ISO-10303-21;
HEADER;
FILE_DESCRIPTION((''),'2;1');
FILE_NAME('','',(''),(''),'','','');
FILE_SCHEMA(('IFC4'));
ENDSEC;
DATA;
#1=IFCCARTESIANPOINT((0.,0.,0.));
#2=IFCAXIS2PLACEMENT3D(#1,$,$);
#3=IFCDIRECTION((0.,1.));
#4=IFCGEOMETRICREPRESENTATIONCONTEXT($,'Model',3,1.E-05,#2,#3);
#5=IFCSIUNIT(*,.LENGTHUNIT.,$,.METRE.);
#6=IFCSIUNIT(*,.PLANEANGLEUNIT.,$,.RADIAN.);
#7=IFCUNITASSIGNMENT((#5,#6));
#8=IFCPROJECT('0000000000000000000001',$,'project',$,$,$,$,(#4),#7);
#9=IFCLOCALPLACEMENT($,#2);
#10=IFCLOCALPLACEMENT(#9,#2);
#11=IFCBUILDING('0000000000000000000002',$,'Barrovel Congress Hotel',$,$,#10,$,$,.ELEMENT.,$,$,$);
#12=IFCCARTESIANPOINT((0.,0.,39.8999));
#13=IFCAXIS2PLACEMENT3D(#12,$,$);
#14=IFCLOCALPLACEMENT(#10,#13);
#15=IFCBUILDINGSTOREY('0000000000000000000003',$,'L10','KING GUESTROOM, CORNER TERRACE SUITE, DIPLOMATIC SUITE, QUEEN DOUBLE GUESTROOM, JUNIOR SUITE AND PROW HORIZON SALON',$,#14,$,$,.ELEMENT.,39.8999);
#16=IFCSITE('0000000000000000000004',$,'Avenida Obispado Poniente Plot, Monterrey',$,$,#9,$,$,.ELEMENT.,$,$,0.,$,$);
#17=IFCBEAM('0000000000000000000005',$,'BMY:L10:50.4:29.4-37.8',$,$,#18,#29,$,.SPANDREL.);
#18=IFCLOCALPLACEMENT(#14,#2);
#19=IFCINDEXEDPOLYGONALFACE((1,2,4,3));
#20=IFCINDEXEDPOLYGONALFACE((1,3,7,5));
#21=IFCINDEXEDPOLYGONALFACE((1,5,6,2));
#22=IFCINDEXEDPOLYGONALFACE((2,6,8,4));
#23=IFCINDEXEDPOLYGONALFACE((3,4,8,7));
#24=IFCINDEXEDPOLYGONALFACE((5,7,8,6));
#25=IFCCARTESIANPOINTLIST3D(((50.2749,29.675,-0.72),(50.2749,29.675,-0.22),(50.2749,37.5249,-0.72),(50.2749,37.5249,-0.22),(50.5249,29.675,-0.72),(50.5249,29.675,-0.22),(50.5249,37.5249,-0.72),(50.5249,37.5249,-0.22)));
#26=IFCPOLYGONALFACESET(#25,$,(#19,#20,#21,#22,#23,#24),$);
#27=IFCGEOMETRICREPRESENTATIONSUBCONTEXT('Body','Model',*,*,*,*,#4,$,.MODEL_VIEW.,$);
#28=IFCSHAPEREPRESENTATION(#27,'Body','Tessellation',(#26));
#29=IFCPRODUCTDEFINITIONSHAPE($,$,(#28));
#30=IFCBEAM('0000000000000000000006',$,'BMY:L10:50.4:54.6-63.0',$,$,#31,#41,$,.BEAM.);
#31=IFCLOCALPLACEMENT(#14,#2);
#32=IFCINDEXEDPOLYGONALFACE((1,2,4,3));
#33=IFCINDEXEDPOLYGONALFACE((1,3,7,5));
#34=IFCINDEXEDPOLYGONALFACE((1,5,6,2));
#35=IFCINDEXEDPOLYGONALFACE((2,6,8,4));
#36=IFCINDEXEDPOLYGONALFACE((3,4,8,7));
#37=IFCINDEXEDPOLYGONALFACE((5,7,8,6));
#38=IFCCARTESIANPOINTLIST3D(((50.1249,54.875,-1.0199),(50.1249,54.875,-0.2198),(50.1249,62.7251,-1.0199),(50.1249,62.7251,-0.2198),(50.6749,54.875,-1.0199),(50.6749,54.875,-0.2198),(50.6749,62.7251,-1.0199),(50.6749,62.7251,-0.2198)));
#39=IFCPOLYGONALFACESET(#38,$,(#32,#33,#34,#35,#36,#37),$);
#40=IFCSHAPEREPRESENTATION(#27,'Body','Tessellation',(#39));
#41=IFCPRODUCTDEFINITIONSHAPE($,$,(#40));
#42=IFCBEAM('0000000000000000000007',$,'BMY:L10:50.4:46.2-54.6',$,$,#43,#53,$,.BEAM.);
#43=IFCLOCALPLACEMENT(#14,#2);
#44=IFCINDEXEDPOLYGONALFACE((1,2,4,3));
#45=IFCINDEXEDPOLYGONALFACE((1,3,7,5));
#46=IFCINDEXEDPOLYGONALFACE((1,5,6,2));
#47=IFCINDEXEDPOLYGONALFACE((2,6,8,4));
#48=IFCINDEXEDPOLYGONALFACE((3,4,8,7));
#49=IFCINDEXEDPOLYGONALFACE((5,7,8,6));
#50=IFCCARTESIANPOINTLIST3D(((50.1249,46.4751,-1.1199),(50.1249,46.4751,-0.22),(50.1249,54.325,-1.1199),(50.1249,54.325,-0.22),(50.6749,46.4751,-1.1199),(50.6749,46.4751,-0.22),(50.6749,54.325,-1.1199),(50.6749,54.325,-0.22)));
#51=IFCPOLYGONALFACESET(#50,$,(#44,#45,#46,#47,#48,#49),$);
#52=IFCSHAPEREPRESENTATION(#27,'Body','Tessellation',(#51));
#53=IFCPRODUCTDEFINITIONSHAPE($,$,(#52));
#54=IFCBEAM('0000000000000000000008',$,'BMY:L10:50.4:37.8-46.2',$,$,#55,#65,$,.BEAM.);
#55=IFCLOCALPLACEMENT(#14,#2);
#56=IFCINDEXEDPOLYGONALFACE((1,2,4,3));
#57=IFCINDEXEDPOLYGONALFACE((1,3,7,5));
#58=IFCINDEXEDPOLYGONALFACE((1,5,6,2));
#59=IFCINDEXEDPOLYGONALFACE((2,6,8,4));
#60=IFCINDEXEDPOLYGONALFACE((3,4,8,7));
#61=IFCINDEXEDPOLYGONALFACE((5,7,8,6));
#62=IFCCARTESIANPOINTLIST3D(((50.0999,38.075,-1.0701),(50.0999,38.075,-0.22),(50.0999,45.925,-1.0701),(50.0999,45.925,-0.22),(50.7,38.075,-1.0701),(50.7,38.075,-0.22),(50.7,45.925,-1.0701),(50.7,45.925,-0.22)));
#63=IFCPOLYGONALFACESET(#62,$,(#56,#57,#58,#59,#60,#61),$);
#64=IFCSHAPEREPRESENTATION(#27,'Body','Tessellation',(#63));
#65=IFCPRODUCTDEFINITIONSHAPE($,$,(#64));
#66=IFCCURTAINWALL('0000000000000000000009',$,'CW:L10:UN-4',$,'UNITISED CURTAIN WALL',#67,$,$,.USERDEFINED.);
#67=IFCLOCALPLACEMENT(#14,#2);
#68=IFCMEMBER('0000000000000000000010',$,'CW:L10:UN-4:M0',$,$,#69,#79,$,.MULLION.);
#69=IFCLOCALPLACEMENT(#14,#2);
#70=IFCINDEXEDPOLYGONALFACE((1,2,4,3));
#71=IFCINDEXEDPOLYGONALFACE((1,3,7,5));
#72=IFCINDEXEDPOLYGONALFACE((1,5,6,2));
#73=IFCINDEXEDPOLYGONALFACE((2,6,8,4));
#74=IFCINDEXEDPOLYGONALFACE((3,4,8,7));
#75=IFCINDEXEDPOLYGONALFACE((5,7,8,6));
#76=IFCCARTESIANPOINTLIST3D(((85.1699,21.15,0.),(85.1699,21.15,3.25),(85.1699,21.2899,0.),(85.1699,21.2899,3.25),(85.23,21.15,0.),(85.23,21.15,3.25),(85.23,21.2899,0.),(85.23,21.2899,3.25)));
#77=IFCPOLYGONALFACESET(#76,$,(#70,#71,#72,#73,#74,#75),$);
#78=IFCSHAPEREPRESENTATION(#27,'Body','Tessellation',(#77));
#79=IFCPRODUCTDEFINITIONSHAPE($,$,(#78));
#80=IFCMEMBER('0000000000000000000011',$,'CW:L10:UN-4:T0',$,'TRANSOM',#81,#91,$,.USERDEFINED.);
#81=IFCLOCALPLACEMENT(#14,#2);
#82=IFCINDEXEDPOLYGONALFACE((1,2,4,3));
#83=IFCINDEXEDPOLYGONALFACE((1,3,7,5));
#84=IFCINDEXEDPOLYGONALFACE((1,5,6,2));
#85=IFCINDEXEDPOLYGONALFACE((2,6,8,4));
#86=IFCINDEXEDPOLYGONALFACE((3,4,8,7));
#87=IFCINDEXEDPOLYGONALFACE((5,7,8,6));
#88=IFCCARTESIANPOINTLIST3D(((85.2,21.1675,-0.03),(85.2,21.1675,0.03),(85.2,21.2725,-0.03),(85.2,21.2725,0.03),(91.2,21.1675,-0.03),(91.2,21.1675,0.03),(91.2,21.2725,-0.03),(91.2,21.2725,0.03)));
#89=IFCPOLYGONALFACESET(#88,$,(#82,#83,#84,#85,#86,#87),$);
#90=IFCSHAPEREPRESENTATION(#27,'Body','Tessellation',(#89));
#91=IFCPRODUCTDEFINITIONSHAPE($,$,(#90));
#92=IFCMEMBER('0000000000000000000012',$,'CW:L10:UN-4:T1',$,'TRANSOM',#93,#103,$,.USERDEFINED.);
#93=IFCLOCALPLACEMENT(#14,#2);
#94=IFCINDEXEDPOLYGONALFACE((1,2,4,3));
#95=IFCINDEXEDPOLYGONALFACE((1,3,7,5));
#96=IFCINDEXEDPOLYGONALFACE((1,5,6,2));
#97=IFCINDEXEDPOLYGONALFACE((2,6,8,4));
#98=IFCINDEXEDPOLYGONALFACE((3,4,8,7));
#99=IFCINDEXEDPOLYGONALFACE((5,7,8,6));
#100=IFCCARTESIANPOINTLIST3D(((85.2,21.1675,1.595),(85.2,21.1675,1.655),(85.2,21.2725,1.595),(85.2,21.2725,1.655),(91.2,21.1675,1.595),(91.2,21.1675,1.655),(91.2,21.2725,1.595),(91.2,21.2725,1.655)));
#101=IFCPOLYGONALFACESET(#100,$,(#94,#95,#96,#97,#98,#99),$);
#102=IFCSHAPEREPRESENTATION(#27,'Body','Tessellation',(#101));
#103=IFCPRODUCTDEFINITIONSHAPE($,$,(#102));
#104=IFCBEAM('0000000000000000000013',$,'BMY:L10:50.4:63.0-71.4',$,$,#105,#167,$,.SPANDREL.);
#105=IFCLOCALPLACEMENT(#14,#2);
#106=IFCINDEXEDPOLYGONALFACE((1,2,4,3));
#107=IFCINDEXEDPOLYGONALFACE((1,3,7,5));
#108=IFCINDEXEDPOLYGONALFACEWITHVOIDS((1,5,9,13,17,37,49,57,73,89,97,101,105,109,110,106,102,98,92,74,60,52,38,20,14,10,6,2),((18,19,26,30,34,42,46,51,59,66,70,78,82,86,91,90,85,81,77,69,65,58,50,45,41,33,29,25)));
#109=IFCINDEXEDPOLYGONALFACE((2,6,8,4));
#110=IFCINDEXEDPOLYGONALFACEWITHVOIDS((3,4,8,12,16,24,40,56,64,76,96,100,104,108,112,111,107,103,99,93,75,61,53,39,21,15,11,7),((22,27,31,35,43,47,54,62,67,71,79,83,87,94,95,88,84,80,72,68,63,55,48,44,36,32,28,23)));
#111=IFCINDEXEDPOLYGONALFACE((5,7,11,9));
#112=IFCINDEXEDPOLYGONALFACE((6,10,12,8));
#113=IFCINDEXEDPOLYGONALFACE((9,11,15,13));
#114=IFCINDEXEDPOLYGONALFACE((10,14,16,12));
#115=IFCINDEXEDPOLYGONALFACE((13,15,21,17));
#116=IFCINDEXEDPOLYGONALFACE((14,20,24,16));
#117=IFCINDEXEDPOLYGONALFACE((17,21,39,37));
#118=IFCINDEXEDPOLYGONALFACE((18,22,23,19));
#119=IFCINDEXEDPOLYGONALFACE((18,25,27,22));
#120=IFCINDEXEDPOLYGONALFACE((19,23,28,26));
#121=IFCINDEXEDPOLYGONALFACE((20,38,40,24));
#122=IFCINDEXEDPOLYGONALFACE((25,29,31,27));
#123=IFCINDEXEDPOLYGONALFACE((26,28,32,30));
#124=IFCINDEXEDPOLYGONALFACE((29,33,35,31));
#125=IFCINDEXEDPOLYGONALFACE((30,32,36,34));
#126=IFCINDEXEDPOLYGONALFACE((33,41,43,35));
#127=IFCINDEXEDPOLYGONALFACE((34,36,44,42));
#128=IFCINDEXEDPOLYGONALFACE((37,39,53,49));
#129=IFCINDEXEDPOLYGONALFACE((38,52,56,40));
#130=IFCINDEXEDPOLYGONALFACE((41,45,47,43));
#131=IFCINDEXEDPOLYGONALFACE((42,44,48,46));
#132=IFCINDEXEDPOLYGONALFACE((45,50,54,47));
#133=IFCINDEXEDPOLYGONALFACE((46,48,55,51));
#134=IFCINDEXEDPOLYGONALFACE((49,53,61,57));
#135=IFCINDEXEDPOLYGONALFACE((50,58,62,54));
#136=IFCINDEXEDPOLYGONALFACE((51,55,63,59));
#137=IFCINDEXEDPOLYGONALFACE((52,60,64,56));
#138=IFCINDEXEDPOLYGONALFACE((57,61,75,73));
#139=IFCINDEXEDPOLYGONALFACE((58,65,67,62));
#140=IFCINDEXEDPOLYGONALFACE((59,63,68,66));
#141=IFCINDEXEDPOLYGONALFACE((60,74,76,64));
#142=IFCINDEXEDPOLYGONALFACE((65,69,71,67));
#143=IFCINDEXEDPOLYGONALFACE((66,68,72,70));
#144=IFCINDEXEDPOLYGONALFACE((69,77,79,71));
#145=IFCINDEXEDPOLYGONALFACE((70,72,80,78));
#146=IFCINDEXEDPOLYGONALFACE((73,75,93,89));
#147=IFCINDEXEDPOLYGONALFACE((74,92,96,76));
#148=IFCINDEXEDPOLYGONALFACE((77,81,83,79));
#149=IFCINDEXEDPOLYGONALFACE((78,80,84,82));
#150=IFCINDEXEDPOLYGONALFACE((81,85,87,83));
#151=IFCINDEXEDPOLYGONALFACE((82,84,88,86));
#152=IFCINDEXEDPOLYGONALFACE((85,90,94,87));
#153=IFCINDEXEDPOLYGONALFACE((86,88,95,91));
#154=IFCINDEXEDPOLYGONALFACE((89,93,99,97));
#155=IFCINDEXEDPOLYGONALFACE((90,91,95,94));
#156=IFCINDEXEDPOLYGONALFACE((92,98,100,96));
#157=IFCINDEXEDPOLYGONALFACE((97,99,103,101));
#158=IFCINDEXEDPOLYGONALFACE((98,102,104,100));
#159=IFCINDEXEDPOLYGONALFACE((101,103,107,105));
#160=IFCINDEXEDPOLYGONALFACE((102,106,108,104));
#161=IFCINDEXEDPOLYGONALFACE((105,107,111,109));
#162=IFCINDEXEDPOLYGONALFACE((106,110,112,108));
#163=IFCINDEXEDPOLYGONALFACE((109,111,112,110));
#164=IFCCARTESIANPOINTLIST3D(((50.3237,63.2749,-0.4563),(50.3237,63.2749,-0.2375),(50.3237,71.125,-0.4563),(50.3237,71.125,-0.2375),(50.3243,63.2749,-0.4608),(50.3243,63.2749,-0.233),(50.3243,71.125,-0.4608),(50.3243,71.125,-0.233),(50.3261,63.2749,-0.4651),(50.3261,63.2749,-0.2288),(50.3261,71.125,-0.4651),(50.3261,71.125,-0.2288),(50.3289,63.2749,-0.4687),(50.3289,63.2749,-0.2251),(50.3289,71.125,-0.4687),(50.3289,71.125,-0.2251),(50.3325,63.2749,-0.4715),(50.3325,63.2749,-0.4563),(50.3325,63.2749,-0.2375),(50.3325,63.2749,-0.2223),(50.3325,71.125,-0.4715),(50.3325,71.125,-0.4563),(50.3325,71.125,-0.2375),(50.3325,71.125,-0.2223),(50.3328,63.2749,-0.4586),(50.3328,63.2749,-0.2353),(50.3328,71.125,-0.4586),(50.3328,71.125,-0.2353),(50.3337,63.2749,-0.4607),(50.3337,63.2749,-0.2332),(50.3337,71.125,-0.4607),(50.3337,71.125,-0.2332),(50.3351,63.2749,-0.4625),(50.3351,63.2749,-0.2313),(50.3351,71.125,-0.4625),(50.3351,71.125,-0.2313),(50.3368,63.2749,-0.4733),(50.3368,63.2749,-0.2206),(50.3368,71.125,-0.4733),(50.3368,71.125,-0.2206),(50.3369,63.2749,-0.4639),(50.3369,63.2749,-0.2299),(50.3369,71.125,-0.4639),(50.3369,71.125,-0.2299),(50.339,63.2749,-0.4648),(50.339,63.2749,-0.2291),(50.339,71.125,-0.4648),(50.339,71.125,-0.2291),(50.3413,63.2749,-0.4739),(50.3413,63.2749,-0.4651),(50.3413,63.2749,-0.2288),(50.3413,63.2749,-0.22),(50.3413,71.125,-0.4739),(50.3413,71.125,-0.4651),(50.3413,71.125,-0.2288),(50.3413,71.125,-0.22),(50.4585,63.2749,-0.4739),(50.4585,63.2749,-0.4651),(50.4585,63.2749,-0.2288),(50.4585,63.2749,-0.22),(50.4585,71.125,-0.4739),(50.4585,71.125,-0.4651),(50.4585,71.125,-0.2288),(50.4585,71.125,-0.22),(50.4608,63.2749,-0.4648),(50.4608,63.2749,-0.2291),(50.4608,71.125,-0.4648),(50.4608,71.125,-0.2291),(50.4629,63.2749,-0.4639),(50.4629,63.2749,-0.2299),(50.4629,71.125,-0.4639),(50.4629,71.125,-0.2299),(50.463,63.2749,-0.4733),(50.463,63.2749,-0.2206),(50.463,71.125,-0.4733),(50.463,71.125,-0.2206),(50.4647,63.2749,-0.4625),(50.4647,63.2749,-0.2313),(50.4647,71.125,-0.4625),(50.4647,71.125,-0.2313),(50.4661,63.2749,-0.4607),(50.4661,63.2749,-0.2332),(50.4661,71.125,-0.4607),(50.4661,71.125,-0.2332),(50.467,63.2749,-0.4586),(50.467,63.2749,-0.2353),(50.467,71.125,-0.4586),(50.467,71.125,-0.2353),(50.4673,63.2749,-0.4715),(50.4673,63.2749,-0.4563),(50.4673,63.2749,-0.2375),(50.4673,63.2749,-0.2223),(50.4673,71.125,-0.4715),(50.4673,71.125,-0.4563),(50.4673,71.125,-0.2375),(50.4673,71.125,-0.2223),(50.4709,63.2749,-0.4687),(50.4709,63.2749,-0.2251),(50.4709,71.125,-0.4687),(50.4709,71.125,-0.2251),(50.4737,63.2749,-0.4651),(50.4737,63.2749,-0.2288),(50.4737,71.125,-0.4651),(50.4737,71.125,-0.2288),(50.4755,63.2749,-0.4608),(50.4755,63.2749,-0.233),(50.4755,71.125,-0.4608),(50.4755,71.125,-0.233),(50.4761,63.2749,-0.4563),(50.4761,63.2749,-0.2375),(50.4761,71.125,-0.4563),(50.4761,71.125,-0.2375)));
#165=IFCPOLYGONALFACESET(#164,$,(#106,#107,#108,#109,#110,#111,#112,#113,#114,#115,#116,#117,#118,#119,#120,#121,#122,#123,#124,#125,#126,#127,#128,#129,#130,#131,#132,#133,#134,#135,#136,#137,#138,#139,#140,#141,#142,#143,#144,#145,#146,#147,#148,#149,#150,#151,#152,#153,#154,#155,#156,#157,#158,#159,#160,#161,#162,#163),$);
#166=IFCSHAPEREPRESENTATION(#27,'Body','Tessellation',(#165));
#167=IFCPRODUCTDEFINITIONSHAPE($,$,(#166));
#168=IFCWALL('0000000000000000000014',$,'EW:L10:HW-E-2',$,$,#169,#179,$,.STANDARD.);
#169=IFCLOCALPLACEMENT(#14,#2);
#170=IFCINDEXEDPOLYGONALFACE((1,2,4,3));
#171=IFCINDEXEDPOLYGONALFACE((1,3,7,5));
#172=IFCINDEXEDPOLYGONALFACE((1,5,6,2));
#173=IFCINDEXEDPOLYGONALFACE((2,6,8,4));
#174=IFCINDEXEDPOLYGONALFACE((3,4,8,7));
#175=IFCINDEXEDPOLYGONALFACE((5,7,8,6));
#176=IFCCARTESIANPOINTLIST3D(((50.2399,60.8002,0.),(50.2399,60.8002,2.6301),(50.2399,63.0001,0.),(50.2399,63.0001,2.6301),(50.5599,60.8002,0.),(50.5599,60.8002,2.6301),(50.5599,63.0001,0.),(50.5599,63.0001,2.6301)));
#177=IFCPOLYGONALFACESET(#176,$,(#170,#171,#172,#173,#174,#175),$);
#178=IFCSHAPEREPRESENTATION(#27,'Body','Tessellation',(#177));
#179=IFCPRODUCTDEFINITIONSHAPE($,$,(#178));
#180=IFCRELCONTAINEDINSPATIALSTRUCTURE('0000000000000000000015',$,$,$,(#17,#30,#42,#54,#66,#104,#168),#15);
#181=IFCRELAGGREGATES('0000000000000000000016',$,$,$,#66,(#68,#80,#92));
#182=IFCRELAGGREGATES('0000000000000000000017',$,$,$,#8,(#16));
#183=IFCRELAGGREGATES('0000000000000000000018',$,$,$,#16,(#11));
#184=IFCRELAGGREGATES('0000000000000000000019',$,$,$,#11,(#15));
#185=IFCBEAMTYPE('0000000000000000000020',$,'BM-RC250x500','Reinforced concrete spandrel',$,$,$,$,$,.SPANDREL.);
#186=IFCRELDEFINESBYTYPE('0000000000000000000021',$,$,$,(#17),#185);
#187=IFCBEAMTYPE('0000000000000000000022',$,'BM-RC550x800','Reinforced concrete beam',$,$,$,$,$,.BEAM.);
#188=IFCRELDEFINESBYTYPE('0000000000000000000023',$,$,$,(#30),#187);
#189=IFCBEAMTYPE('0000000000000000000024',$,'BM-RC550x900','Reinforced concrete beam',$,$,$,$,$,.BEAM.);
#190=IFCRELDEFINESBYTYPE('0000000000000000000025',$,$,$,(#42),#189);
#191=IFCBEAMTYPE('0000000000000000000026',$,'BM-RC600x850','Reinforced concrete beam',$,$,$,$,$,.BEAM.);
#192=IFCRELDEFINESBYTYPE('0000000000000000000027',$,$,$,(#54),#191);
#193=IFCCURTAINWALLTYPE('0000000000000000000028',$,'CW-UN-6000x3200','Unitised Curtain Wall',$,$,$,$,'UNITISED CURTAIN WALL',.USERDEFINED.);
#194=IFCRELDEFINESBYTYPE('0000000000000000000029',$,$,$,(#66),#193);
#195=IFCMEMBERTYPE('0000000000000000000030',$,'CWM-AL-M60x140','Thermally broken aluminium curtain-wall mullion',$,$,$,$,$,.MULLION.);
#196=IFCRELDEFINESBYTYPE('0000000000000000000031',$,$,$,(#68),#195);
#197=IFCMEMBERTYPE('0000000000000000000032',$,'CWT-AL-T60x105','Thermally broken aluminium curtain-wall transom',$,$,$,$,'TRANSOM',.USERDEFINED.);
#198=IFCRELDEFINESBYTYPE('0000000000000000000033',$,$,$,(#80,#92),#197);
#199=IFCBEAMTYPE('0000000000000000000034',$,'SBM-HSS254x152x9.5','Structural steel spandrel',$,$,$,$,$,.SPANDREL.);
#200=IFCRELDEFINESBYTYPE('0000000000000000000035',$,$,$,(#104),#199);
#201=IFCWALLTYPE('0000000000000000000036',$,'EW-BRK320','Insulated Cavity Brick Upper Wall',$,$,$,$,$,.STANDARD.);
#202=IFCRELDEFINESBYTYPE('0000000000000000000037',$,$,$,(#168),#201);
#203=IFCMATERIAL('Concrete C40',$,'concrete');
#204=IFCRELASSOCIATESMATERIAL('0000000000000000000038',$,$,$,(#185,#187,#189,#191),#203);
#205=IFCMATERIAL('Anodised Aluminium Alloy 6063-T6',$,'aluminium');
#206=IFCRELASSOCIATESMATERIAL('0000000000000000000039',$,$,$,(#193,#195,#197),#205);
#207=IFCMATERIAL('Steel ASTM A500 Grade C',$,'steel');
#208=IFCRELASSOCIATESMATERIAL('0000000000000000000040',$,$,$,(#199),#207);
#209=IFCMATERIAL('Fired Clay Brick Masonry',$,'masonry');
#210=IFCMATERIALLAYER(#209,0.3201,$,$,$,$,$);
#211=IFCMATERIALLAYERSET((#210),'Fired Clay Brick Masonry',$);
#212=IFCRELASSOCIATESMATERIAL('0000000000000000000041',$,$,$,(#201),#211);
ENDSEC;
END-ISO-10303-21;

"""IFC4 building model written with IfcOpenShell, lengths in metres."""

from ifc_helpers import new_model, si_unit, direction, frame, frame_2d, origin, origin_2d, place, context, subcontext, project, spatial, rectangle, hollow_rectangle, extrude, material, layer, layer_set, material_profile, profile_set, type_object, element, aggregate, save


model = new_model("IFC4")

# Units and contexts
model_context = context("Model", 3, precision=1e-05, world=origin(), true_north=direction((0.0, 1.0)))
body_context = subcontext(model_context, "Body", "Model", "MODEL_VIEW")
ifc_project = project(units=[si_unit("LENGTHUNIT", "METRE"), si_unit("PLANEANGLEUNIT", "RADIAN")], contexts=[model_context])

# Site, building, storey
site_placement = place(None, origin())
site = spatial("IfcSite", under=ifc_project, at=site_placement, Name="Avenida Obispado Poniente Plot, Monterrey", CompositionType="ELEMENT", RefElevation=0.0)
building_placement = place(site_placement, origin())
building = spatial("IfcBuilding", under=site, at=building_placement, Name="Barrovel Congress Hotel", CompositionType="ELEMENT")
storey_placement = place(building_placement, frame((0.0, 0.0, 39.8999)))
storey = spatial("IfcBuildingStorey", under=building, at=storey_placement, Name="L10", Description="KING GUESTROOM, CORNER TERRACE SUITE, DIPLOMATIC SUITE, QUEEN DOUBLE GUESTROOM, JUNIOR SUITE AND PROW HORIZON SALON", CompositionType="ELEMENT", Elevation=39.8999)

# Beams
ifc_material_1 = material(Name="Concrete C40", Category="concrete")
ifc_material_profile_1 = material_profile(ifc_material_1, rectangle(XDim=0.25, YDim=0.5, at=origin_2d()), Name="RC250x500")
ifc_profile_set_1 = profile_set([ifc_material_profile_1], Name="Concrete C40")
beam_type_1 = type_object("IfcBeamType", Name="BM-RC250x500", Description="Reinforced concrete spandrel", PredefinedType="SPANDREL", material=ifc_profile_set_1)
beam_1_placement = place(storey_placement, frame((50.3999, 29.675, -0.47), z_axis=(0.0, 1.0, 0.0), x_axis=(-1.0, 0.0, 0.0)))
element("IfcBeam", 1, at=beam_1_placement, inside=storey, type_object=beam_type_1, Name="BMY:L10:50.4:29.4-37.8", PredefinedType="SPANDREL", context=body_context, shape_type="SweptSolid", body=[
    extrude(rectangle(XDim=0.25, YDim=0.5, at=origin_2d()), origin(), (0.0, 0.0, 1.0), 7.8499),
])
ifc_material_profile_2 = material_profile(ifc_material_1, rectangle(XDim=0.55, YDim=0.8, at=origin_2d()), Name="RC550x800")
ifc_profile_set_2 = profile_set([ifc_material_profile_2], Name="Concrete C40")
beam_type_2 = type_object("IfcBeamType", Name="BM-RC550x800", Description="Reinforced concrete beam", PredefinedType="BEAM", material=ifc_profile_set_2)
beam_2_placement = place(storey_placement, frame((50.3999, 54.875, -0.6199), z_axis=(0.0, 1.0, 0.0), x_axis=(-1.0, 0.0, 0.0)))
element("IfcBeam", 2, at=beam_2_placement, inside=storey, type_object=beam_type_2, Name="BMY:L10:50.4:54.6-63.0", PredefinedType="BEAM", context=body_context, shape_type="SweptSolid", body=[
    extrude(rectangle(XDim=0.55, YDim=0.8, at=origin_2d()), origin(), (0.0, 0.0, 1.0), 7.8501),
])
ifc_material_profile_3 = material_profile(ifc_material_1, rectangle(XDim=0.55, YDim=0.8999, at=origin_2d()), Name="RC550x900")
ifc_profile_set_3 = profile_set([ifc_material_profile_3], Name="Concrete C40")
beam_type_3 = type_object("IfcBeamType", Name="BM-RC550x900", Description="Reinforced concrete beam", PredefinedType="BEAM", material=ifc_profile_set_3)
beam_3_placement = place(storey_placement, frame((50.3999, 46.4751, -0.6699), z_axis=(0.0, 1.0, 0.0), x_axis=(-1.0, 0.0, 0.0)))
element("IfcBeam", 3, at=beam_3_placement, inside=storey, type_object=beam_type_3, Name="BMY:L10:50.4:46.2-54.6", PredefinedType="BEAM", context=body_context, shape_type="SweptSolid", body=[
    extrude(rectangle(XDim=0.55, YDim=0.8999, at=origin_2d()), origin(), (0.0, 0.0, 1.0), 7.8499),
])
ifc_material_profile_4 = material_profile(ifc_material_1, rectangle(XDim=0.6001, YDim=0.8501, at=origin_2d()), Name="RC600x850")
ifc_profile_set_4 = profile_set([ifc_material_profile_4], Name="Concrete C40")
beam_type_4 = type_object("IfcBeamType", Name="BM-RC600x850", Description="Reinforced concrete beam", PredefinedType="BEAM", material=ifc_profile_set_4)
beam_4_placement = place(storey_placement, frame((50.3999, 38.075, -0.645), z_axis=(0.0, 1.0, 0.0), x_axis=(-1.0, 0.0, 0.0)))
element("IfcBeam", 4, at=beam_4_placement, inside=storey, type_object=beam_type_4, Name="BMY:L10:50.4:37.8-46.2", PredefinedType="BEAM", context=body_context, shape_type="SweptSolid", body=[
    extrude(rectangle(XDim=0.6001, YDim=0.8501, at=origin_2d()), origin(), (0.0, 0.0, 1.0), 7.8501),
])

# Curtain wall, members
ifc_material_2 = material(Name="Anodised Aluminium Alloy 6063-T6", Category="aluminium")
curtain_wall_type = type_object("IfcCurtainWallType", Name="CW-UN-6000x3200", Description="Unitised Curtain Wall", ElementType="UNITISED CURTAIN WALL", PredefinedType="USERDEFINED", material=ifc_material_2)
curtain_wall_placement = place(storey_placement, origin())
curtain_wall = element("IfcCurtainWall", 5, at=curtain_wall_placement, inside=storey, type_object=curtain_wall_type, Name="CW:L10:UN-4", ObjectType="UNITISED CURTAIN WALL", PredefinedType="USERDEFINED")
ifc_material_profile_5 = material_profile(ifc_material_2, rectangle(XDim=0.0601, YDim=0.1399, at=origin_2d()), Name="AL-M60x140")
ifc_profile_set_5 = profile_set([ifc_material_profile_5], Name="Anodised Aluminium Alloy 6063-T6")
member_type_1 = type_object("IfcMemberType", Name="CWM-AL-M60x140", Description="Thermally broken aluminium curtain-wall mullion", PredefinedType="MULLION", material=ifc_profile_set_5)
member_1_placement = place(storey_placement, frame((85.2, 21.22, 0.0), z_axis=(0.0, 0.0, 1.0), x_axis=(1.0, 0.0, 0.0)))
member_1 = element("IfcMember", 6, at=member_1_placement, type_object=member_type_1, Name="CW:L10:UN-4:M0", PredefinedType="MULLION", context=body_context, shape_type="SweptSolid", body=[
    extrude(rectangle(XDim=0.0601, YDim=0.1399, at=origin_2d()), origin(), (0.0, 0.0, 1.0), 3.25),
])
ifc_material_profile_6 = material_profile(ifc_material_2, rectangle(XDim=0.105, YDim=0.0601, at=origin_2d()), Name="AL-T60x105")
ifc_profile_set_6 = profile_set([ifc_material_profile_6], Name="Anodised Aluminium Alloy 6063-T6")
member_type_2 = type_object("IfcMemberType", Name="CWT-AL-T60x105", Description="Thermally broken aluminium curtain-wall transom", ElementType="TRANSOM", PredefinedType="USERDEFINED", material=ifc_profile_set_6)
member_2_placement = place(storey_placement, frame((85.2, 21.22, 0.0), z_axis=(1.0, 0.0, 0.0), x_axis=(0.0, 1.0, 0.0)))
member_2 = element("IfcMember", 7, at=member_2_placement, type_object=member_type_2, Name="CW:L10:UN-4:T0", ObjectType="TRANSOM", PredefinedType="USERDEFINED", context=body_context, shape_type="SweptSolid", body=[
    extrude(rectangle(XDim=0.105, YDim=0.0601, at=origin_2d()), origin(), (0.0, 0.0, 1.0), 6.0),
])
member_3_placement = place(storey_placement, frame((85.2, 21.22, 1.625), z_axis=(1.0, 0.0, 0.0), x_axis=(0.0, 1.0, 0.0)))
member_3 = element("IfcMember", 8, at=member_3_placement, type_object=member_type_2, Name="CW:L10:UN-4:T1", ObjectType="TRANSOM", PredefinedType="USERDEFINED", context=body_context, shape_type="SweptSolid", body=[
    extrude(rectangle(XDim=0.105, YDim=0.0601, at=origin_2d()), origin(), (0.0, 0.0, 1.0), 6.0),
])
aggregate(curtain_wall, [member_1, member_2, member_3])

# Beam
ifc_material_3 = material(Name="Steel ASTM A500 Grade C", Category="steel")
ifc_material_profile_7 = material_profile(ifc_material_3, hollow_rectangle(XDim=0.1523, YDim=0.2539, WallThickness=0.0088, InnerFilletRadius=0.0088, OuterFilletRadius=0.0176, at=origin_2d()), Name="HSS254x152x9.5")
ifc_profile_set_7 = profile_set([ifc_material_profile_7], Name="Steel ASTM A500 Grade C")
beam_type_5 = type_object("IfcBeamType", Name="SBM-HSS254x152x9.5", Description="Structural steel spandrel", PredefinedType="SPANDREL", material=ifc_profile_set_7)
beam_5_placement = place(storey_placement, frame((50.3999, 63.2749, -0.3469), z_axis=(0.0, 1.0, 0.0), x_axis=(-1.0, 0.0, 0.0)))
element("IfcBeam", 9, at=beam_5_placement, inside=storey, type_object=beam_type_5, Name="BMY:L10:50.4:63.0-71.4", PredefinedType="SPANDREL", context=body_context, shape_type="SweptSolid", body=[
    extrude(hollow_rectangle(XDim=0.1523, YDim=0.2539, WallThickness=0.0088, InnerFilletRadius=0.0088, OuterFilletRadius=0.0176, at=origin_2d()), origin(), (0.0, 0.0, 1.0), 7.8501),
])

# Wall
ifc_material_4 = material(Name="Fired Clay Brick Masonry", Category="masonry")
ifc_layer_1 = layer(ifc_material_4, 0.3201)
ifc_layer_set_1 = layer_set([ifc_layer_1], Name="Fired Clay Brick Masonry")
wall_type_1 = type_object("IfcWallType", Name="EW-BRK320", Description="Insulated Cavity Brick Upper Wall", PredefinedType="STANDARD", material=ifc_layer_set_1)
wall_1_placement = place(storey_placement, frame((50.3999, 60.8, 0.0), z_axis=(0.0, 0.0, 1.0), x_axis=(0.0, 1.0, 0.0)))
element("IfcWall", 10, at=wall_1_placement, inside=storey, type_object=wall_type_1, Name="EW:L10:HW-E-2", PredefinedType="STANDARD", context=body_context, shape_type="SweptSolid", body=[
    extrude(rectangle(XDim=2.2, YDim=0.3201, at=frame_2d((1.1001, 0.0))), origin(), (0.0, 0.0, 1.0), 2.6301),
])

save(model, "model.ifc")
